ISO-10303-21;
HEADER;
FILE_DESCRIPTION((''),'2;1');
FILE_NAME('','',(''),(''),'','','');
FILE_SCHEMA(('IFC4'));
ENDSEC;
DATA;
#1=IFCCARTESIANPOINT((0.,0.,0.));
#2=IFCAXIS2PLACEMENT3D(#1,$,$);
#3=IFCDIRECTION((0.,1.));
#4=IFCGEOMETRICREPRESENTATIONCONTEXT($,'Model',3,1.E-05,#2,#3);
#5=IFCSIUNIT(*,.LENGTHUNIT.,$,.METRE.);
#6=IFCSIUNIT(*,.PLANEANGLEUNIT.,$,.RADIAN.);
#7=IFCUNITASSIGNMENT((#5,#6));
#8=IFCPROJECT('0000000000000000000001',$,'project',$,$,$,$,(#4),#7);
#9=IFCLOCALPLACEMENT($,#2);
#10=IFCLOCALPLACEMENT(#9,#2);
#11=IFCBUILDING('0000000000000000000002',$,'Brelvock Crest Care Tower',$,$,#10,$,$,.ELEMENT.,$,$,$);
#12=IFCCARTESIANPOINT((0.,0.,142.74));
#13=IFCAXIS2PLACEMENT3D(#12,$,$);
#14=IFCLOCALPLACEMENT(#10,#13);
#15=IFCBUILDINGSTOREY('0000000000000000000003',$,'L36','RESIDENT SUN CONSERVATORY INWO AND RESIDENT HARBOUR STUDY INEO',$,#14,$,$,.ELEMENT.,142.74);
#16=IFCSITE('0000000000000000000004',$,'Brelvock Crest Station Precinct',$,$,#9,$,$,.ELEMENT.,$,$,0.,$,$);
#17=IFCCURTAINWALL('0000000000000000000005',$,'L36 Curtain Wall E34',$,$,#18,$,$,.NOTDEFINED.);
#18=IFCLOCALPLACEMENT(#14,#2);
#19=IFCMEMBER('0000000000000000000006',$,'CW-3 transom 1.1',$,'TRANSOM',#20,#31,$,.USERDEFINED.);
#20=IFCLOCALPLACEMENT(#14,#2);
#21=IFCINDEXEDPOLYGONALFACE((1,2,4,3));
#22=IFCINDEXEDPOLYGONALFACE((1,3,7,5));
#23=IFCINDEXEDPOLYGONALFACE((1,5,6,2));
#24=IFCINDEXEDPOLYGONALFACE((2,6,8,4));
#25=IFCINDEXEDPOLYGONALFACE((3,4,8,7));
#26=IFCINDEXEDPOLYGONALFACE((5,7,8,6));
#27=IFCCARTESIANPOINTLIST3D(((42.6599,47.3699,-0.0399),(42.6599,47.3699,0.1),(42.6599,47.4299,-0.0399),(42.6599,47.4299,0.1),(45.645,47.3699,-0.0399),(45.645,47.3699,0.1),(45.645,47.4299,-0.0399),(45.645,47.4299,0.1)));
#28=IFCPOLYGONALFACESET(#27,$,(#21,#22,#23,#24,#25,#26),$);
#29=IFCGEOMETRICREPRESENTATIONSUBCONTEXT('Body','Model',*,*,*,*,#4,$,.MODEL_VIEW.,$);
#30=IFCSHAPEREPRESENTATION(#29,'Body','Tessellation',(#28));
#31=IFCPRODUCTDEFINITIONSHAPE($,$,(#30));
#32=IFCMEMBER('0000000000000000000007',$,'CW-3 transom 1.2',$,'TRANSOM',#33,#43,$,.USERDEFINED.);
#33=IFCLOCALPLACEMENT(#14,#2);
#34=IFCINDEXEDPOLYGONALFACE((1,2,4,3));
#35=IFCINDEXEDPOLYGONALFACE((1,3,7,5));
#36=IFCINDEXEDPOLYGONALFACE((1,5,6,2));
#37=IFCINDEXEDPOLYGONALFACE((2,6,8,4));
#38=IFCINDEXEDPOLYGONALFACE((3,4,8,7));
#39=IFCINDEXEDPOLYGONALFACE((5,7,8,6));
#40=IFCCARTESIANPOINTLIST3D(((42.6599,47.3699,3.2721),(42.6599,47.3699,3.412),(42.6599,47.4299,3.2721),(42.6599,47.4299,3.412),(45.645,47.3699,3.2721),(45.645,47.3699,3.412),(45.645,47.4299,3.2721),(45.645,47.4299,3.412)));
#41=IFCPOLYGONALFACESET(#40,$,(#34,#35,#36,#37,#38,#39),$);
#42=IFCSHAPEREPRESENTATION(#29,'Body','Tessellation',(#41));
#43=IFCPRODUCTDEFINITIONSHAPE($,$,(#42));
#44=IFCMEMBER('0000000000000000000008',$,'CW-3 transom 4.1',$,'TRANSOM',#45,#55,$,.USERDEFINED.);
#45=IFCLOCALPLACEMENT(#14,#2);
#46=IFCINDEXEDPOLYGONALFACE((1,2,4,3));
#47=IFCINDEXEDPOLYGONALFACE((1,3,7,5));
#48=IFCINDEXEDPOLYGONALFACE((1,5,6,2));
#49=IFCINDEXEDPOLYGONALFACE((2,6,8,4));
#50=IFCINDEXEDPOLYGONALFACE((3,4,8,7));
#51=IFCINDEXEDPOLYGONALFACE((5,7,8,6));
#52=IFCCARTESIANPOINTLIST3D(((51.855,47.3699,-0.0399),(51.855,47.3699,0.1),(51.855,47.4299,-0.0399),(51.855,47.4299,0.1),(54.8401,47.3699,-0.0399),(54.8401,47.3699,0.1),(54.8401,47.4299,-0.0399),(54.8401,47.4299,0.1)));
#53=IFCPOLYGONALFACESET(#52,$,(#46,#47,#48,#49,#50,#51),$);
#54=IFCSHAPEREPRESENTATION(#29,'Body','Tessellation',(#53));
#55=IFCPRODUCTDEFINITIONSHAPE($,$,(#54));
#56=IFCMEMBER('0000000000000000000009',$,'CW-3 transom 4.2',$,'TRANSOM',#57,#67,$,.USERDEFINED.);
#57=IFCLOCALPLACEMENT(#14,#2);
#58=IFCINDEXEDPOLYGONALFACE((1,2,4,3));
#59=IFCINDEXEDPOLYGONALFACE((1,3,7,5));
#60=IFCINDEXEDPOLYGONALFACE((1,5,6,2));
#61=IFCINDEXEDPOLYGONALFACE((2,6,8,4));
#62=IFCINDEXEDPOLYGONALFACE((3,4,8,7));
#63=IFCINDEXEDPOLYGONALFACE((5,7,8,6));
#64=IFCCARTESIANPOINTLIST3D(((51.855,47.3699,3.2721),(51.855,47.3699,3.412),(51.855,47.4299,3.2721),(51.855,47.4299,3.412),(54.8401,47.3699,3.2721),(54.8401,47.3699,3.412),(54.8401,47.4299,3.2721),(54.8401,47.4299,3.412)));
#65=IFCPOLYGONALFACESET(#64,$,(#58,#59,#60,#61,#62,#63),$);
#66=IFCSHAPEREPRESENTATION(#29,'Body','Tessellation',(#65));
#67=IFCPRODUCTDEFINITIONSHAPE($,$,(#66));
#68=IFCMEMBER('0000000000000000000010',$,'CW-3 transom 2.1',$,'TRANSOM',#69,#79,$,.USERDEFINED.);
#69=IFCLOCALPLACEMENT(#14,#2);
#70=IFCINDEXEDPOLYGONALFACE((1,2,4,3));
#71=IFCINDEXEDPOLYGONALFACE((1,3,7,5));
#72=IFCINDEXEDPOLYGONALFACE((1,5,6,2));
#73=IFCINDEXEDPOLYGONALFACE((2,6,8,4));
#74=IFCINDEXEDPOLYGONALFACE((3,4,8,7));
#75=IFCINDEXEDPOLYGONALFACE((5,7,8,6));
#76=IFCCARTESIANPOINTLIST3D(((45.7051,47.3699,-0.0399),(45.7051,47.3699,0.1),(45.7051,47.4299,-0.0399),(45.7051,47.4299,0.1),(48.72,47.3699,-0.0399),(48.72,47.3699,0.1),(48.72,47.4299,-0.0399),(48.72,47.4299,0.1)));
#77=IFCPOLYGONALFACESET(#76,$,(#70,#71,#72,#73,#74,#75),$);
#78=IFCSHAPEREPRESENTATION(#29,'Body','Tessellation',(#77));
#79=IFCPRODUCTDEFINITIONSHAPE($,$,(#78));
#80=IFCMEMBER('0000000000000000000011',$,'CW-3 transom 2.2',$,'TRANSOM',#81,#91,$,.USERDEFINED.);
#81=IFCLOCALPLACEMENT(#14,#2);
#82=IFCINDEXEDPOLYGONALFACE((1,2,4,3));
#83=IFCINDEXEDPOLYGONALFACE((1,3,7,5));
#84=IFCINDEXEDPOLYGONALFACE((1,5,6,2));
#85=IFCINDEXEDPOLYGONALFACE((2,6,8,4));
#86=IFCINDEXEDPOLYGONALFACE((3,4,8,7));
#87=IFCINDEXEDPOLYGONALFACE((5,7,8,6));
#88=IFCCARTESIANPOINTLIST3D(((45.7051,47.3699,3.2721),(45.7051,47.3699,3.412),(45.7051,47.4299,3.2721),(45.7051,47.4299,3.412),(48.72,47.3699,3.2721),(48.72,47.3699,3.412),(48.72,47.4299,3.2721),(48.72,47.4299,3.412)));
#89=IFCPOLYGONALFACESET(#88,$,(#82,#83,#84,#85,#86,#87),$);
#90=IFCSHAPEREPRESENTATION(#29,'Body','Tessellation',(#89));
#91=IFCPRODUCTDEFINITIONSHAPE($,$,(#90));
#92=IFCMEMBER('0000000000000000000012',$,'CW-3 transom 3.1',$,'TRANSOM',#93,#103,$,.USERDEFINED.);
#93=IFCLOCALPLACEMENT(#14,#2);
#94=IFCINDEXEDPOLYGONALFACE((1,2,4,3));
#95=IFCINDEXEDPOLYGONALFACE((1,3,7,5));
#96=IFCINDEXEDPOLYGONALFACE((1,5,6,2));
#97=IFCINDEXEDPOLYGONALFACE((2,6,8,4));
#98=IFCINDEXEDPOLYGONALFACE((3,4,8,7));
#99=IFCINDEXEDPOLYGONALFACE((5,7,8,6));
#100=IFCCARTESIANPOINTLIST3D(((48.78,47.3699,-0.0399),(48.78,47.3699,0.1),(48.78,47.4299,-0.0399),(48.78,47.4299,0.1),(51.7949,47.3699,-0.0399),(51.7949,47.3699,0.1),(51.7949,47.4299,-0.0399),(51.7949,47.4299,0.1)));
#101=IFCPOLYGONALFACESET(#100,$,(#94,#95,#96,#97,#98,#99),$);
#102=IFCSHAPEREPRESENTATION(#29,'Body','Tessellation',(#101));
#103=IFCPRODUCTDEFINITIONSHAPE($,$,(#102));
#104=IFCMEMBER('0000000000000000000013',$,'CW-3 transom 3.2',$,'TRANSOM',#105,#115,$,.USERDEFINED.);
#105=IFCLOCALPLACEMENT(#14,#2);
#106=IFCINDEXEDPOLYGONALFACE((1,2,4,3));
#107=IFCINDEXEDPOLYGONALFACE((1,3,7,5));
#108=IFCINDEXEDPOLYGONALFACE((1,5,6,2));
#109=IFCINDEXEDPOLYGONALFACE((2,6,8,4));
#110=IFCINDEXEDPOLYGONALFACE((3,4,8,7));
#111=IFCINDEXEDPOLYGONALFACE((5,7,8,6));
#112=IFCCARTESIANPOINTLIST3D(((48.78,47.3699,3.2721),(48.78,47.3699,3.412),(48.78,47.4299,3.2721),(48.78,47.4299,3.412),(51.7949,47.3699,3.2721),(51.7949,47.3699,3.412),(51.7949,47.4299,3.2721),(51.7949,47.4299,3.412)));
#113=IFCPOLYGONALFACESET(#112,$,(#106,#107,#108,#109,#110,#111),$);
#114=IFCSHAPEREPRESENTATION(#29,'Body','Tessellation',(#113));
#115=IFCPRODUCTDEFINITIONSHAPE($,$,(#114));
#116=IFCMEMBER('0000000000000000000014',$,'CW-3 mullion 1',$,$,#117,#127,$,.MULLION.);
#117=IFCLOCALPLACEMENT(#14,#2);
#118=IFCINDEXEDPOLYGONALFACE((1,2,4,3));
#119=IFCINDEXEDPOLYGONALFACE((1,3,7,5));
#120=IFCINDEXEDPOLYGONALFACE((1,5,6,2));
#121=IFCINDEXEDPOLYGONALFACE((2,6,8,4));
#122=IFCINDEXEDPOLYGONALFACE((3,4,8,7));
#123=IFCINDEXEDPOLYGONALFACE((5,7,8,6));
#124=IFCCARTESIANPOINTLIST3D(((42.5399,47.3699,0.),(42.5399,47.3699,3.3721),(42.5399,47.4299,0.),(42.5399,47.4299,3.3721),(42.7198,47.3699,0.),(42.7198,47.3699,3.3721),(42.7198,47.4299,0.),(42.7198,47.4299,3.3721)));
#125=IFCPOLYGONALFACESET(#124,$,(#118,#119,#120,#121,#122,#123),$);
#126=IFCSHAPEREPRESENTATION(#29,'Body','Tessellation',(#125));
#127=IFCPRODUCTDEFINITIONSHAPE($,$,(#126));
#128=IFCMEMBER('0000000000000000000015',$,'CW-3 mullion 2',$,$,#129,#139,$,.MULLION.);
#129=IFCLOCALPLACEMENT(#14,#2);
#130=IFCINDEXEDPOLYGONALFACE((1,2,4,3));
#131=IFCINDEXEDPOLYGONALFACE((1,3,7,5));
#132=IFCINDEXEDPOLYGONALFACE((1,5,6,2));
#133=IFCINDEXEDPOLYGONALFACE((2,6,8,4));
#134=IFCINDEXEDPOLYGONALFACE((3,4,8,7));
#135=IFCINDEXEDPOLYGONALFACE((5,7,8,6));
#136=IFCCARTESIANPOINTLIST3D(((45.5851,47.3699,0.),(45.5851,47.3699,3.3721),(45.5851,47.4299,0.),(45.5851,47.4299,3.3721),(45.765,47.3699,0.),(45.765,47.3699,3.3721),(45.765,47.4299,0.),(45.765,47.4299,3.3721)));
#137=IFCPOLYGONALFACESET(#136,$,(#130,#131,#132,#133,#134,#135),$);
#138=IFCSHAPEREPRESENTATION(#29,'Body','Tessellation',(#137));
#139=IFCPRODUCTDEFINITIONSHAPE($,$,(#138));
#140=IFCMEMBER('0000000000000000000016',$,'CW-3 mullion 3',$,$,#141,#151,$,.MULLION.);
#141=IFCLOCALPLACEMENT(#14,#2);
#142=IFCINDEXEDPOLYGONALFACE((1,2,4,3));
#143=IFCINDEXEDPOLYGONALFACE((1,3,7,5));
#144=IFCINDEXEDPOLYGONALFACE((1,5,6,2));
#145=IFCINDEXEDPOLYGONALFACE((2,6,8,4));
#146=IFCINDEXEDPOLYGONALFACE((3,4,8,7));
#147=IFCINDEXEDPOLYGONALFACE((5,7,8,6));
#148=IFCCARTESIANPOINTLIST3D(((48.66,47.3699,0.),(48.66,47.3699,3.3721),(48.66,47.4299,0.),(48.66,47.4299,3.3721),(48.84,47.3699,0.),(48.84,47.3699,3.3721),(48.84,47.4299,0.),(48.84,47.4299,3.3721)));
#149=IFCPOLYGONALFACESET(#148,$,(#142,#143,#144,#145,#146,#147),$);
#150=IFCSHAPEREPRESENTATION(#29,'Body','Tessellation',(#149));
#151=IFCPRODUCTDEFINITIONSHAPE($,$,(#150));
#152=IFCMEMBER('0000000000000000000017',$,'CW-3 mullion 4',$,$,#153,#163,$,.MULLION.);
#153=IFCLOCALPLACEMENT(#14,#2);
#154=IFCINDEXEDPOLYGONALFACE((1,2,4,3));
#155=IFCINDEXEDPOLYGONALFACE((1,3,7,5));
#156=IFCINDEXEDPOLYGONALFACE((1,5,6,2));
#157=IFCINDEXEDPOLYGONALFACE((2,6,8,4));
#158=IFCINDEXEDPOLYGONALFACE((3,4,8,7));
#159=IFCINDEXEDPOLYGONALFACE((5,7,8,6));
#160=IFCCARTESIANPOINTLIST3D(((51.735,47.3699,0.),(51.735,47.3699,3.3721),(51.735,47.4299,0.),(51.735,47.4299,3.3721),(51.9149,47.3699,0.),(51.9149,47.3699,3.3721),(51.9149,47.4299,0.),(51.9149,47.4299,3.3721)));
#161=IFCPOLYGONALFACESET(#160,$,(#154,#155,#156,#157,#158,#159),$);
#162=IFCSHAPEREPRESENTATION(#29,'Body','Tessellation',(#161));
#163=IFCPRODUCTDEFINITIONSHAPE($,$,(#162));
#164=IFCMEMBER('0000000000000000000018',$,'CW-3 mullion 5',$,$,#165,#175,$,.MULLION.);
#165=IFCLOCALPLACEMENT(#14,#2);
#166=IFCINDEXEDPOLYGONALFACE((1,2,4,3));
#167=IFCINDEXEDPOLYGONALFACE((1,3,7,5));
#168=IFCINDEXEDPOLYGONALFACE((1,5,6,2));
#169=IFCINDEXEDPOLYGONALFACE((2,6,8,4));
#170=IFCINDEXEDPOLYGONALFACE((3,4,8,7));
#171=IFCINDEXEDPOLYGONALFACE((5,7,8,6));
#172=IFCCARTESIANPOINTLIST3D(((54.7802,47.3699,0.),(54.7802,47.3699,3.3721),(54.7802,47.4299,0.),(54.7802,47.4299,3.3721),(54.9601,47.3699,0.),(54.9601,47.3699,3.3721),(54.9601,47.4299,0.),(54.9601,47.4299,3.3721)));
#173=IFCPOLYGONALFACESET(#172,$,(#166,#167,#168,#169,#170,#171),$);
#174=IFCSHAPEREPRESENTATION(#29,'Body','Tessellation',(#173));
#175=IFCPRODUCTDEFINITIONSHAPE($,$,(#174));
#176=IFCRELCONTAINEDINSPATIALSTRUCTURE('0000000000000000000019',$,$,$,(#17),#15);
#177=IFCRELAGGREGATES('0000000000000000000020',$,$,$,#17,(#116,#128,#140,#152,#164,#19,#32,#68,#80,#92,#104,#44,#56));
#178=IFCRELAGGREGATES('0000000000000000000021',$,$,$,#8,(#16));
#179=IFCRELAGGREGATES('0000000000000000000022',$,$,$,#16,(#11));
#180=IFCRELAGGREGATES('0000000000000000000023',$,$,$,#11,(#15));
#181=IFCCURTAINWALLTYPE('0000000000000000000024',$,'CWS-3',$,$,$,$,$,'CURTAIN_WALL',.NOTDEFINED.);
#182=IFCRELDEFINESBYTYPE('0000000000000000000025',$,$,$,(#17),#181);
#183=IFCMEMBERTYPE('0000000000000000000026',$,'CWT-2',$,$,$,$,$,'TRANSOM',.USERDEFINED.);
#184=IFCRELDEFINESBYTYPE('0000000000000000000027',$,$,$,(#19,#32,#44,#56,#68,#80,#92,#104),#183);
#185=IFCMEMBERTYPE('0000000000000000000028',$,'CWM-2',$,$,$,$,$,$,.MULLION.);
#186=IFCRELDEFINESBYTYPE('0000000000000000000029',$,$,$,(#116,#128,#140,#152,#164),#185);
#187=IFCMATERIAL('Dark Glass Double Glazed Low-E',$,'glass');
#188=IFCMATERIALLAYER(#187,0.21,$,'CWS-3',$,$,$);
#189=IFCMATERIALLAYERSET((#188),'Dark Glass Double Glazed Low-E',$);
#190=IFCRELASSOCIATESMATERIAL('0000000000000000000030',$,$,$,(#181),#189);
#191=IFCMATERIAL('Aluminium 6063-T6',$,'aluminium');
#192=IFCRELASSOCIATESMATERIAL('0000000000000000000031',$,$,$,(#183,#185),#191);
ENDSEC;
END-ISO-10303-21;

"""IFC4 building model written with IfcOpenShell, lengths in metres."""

from ifc_helpers import new_model, si_unit, direction, frame, origin, origin_2d, place, context, subcontext, project, spatial, rectangle, extrude, source, transform, mapped, material, layer, layer_set, material_profile, profile_set, type_object, element, aggregate, save


model = new_model("IFC4")

# Units and contexts
model_context = context("Model", 3, precision=1e-05, world=origin(), true_north=direction((0.0, 1.0)))
body_context = subcontext(model_context, "Body", "Model", "MODEL_VIEW")
ifc_project = project(units=[si_unit("LENGTHUNIT", "METRE"), si_unit("PLANEANGLEUNIT", "RADIAN")], contexts=[model_context])

# Site, building, storey
site_placement = place(None, origin())
site = spatial("IfcSite", under=ifc_project, at=site_placement, Name="Brelvock Crest Station Precinct", CompositionType="ELEMENT", RefElevation=0.0)
building_placement = place(site_placement, origin())
building = spatial("IfcBuilding", under=site, at=building_placement, Name="Brelvock Crest Care Tower", CompositionType="ELEMENT")
storey_placement = place(building_placement, frame((0.0, 0.0, 142.74)))
storey = spatial("IfcBuildingStorey", under=building, at=storey_placement, Name="L36", Description="RESIDENT SUN CONSERVATORY INWO AND RESIDENT HARBOUR STUDY INEO", CompositionType="ELEMENT", Elevation=142.74)

# Curtain wall, members
ifc_material_1 = material(Name="Dark Glass Double Glazed Low-E", Category="glass")
ifc_layer_1 = layer(ifc_material_1, 0.21, Name="CWS-3")
ifc_layer_set_1 = layer_set([ifc_layer_1], Name="Dark Glass Double Glazed Low-E")
curtain_wall_type = type_object("IfcCurtainWallType", Name="CWS-3", ElementType="CURTAIN_WALL", PredefinedType="NOTDEFINED", material=ifc_layer_set_1)
curtain_wall_placement = place(storey_placement, origin())
curtain_wall = element("IfcCurtainWall", 1, at=curtain_wall_placement, inside=storey, type_object=curtain_wall_type, Name="L36 Curtain Wall E34", PredefinedType="NOTDEFINED")
ifc_material_2 = material(Name="Aluminium 6063-T6", Category="aluminium")
ifc_material_profile_1 = material_profile(ifc_material_2, rectangle(XDim=0.0601, YDim=0.1399, at=origin_2d()), Name="ALU60x140")
ifc_profile_set_1 = profile_set([ifc_material_profile_1], Name="Aluminium 6063-T6")
member_type_1 = type_object("IfcMemberType", Name="CWT-2", ElementType="TRANSOM", PredefinedType="USERDEFINED", material=ifc_profile_set_1)
shared_shape_1 = source(origin(), body_context, "Body", "SweptSolid", [
    extrude(rectangle(XDim=0.0601, YDim=0.1399, at=origin_2d()), origin(), (0.0, 0.0, 1.0), 2.9851),
])
member_1_placement = place(storey_placement, frame((42.6599, 47.3999, 0.03), z_axis=(1.0, 0.0, 0.0), x_axis=(0.0, 1.0, 0.0)))
member_1 = element("IfcMember", 2, at=member_1_placement, type_object=member_type_1, Name="CW-3 transom 1.1", ObjectType="TRANSOM", PredefinedType="USERDEFINED", context=body_context, shape_type="MappedRepresentation", body=[
    mapped(shared_shape_1, transform((0.0, 0.0, 0.0), x_axis=(1.0, 0.0, 0.0), y_axis=(0.0, 1.0, 0.0), z_axis=(0.0, 0.0, 1.0), scale=1.0)),
])
member_2_placement = place(storey_placement, frame((42.6599, 47.3999, 3.342), z_axis=(1.0, 0.0, 0.0), x_axis=(0.0, 1.0, 0.0)))
member_2 = element("IfcMember", 3, at=member_2_placement, type_object=member_type_1, Name="CW-3 transom 1.2", ObjectType="TRANSOM", PredefinedType="USERDEFINED", context=body_context, shape_type="MappedRepresentation", body=[
    mapped(shared_shape_1, transform((0.0, 0.0, 0.0), x_axis=(1.0, 0.0, 0.0), y_axis=(0.0, 1.0, 0.0), z_axis=(0.0, 0.0, 1.0), scale=1.0)),
])
member_3_placement = place(storey_placement, frame((51.855, 47.3999, 0.03), z_axis=(1.0, 0.0, 0.0), x_axis=(0.0, 1.0, 0.0)))
member_3 = element("IfcMember", 4, at=member_3_placement, type_object=member_type_1, Name="CW-3 transom 4.1", ObjectType="TRANSOM", PredefinedType="USERDEFINED", context=body_context, shape_type="MappedRepresentation", body=[
    mapped(shared_shape_1, transform((0.0, 0.0, 0.0), x_axis=(1.0, 0.0, 0.0), y_axis=(0.0, 1.0, 0.0), z_axis=(0.0, 0.0, 1.0), scale=1.0)),
])
member_4_placement = place(storey_placement, frame((51.855, 47.3999, 3.342), z_axis=(1.0, 0.0, 0.0), x_axis=(0.0, 1.0, 0.0)))
member_4 = element("IfcMember", 5, at=member_4_placement, type_object=member_type_1, Name="CW-3 transom 4.2", ObjectType="TRANSOM", PredefinedType="USERDEFINED", context=body_context, shape_type="MappedRepresentation", body=[
    mapped(shared_shape_1, transform((0.0, 0.0, 0.0), x_axis=(1.0, 0.0, 0.0), y_axis=(0.0, 1.0, 0.0), z_axis=(0.0, 0.0, 1.0), scale=1.0)),
])
shared_shape_2 = source(origin(), body_context, "Body", "SweptSolid", [
    extrude(rectangle(XDim=0.0601, YDim=0.1399, at=origin_2d()), origin(), (0.0, 0.0, 1.0), 3.0149),
])
member_5_placement = place(storey_placement, frame((45.7051, 47.3999, 0.03), z_axis=(1.0, 0.0, 0.0), x_axis=(0.0, 1.0, 0.0)))
member_5 = element("IfcMember", 6, at=member_5_placement, type_object=member_type_1, Name="CW-3 transom 2.1", ObjectType="TRANSOM", PredefinedType="USERDEFINED", context=body_context, shape_type="MappedRepresentation", body=[
    mapped(shared_shape_2, transform((0.0, 0.0, 0.0), x_axis=(1.0, 0.0, 0.0), y_axis=(0.0, 1.0, 0.0), z_axis=(0.0, 0.0, 1.0), scale=1.0)),
])
member_6_placement = place(storey_placement, frame((45.7051, 47.3999, 3.342), z_axis=(1.0, 0.0, 0.0), x_axis=(0.0, 1.0, 0.0)))
member_6 = element("IfcMember", 7, at=member_6_placement, type_object=member_type_1, Name="CW-3 transom 2.2", ObjectType="TRANSOM", PredefinedType="USERDEFINED", context=body_context, shape_type="MappedRepresentation", body=[
    mapped(shared_shape_2, transform((0.0, 0.0, 0.0), x_axis=(1.0, 0.0, 0.0), y_axis=(0.0, 1.0, 0.0), z_axis=(0.0, 0.0, 1.0), scale=1.0)),
])
member_7_placement = place(storey_placement, frame((48.78, 47.3999, 0.03), z_axis=(1.0, 0.0, 0.0), x_axis=(0.0, 1.0, 0.0)))
member_7 = element("IfcMember", 8, at=member_7_placement, type_object=member_type_1, Name="CW-3 transom 3.1", ObjectType="TRANSOM", PredefinedType="USERDEFINED", context=body_context, shape_type="MappedRepresentation", body=[
    mapped(shared_shape_2, transform((0.0, 0.0, 0.0), x_axis=(1.0, 0.0, 0.0), y_axis=(0.0, 1.0, 0.0), z_axis=(0.0, 0.0, 1.0), scale=1.0)),
])
member_8_placement = place(storey_placement, frame((48.78, 47.3999, 3.342), z_axis=(1.0, 0.0, 0.0), x_axis=(0.0, 1.0, 0.0)))
member_8 = element("IfcMember", 9, at=member_8_placement, type_object=member_type_1, Name="CW-3 transom 3.2", ObjectType="TRANSOM", PredefinedType="USERDEFINED", context=body_context, shape_type="MappedRepresentation", body=[
    mapped(shared_shape_2, transform((0.0, 0.0, 0.0), x_axis=(1.0, 0.0, 0.0), y_axis=(0.0, 1.0, 0.0), z_axis=(0.0, 0.0, 1.0), scale=1.0)),
])
ifc_material_profile_2 = material_profile(ifc_material_2, rectangle(XDim=0.0601, YDim=0.1799, at=origin_2d()), Name="ALU60x180")
ifc_profile_set_2 = profile_set([ifc_material_profile_2], Name="Aluminium 6063-T6")
member_type_2 = type_object("IfcMemberType", Name="CWM-2", PredefinedType="MULLION", material=ifc_profile_set_2)
shared_shape_3 = source(origin(), body_context, "Body", "SweptSolid", [
    extrude(rectangle(XDim=0.0601, YDim=0.1799, at=origin_2d()), origin(), (0.0, 0.0, 1.0), 3.3721),
])
member_9_placement = place(storey_placement, frame((42.6299, 47.3999, 0.0), z_axis=(0.0, 0.0, 1.0), x_axis=(0.0, 1.0, 0.0)))
member_9 = element("IfcMember", 10, at=member_9_placement, type_object=member_type_2, Name="CW-3 mullion 1", PredefinedType="MULLION", context=body_context, shape_type="MappedRepresentation", body=[
    mapped(shared_shape_3, transform((0.0, 0.0, 0.0), x_axis=(1.0, 0.0, 0.0), y_axis=(0.0, 1.0, 0.0), z_axis=(0.0, 0.0, 1.0), scale=1.0)),
])
member_10_placement = place(storey_placement, frame((45.675, 47.3999, 0.0), z_axis=(0.0, 0.0, 1.0), x_axis=(0.0, 1.0, 0.0)))
member_10 = element("IfcMember", 11, at=member_10_placement, type_object=member_type_2, Name="CW-3 mullion 2", PredefinedType="MULLION", context=body_context, shape_type="MappedRepresentation", body=[
    mapped(shared_shape_3, transform((0.0, 0.0, 0.0), x_axis=(1.0, 0.0, 0.0), y_axis=(0.0, 1.0, 0.0), z_axis=(0.0, 0.0, 1.0), scale=1.0)),
])
member_11_placement = place(storey_placement, frame((48.75, 47.3999, 0.0), z_axis=(0.0, 0.0, 1.0), x_axis=(0.0, 1.0, 0.0)))
member_11 = element("IfcMember", 12, at=member_11_placement, type_object=member_type_2, Name="CW-3 mullion 3", PredefinedType="MULLION", context=body_context, shape_type="MappedRepresentation", body=[
    mapped(shared_shape_3, transform((0.0, 0.0, 0.0), x_axis=(1.0, 0.0, 0.0), y_axis=(0.0, 1.0, 0.0), z_axis=(0.0, 0.0, 1.0), scale=1.0)),
])
member_12_placement = place(storey_placement, frame((51.825, 47.3999, 0.0), z_axis=(0.0, 0.0, 1.0), x_axis=(0.0, 1.0, 0.0)))
member_12 = element("IfcMember", 13, at=member_12_placement, type_object=member_type_2, Name="CW-3 mullion 4", PredefinedType="MULLION", context=body_context, shape_type="MappedRepresentation", body=[
    mapped(shared_shape_3, transform((0.0, 0.0, 0.0), x_axis=(1.0, 0.0, 0.0), y_axis=(0.0, 1.0, 0.0), z_axis=(0.0, 0.0, 1.0), scale=1.0)),
])
member_13_placement = place(storey_placement, frame((54.8701, 47.3999, 0.0), z_axis=(0.0, 0.0, 1.0), x_axis=(0.0, 1.0, 0.0)))
member_13 = element("IfcMember", 14, at=member_13_placement, type_object=member_type_2, Name="CW-3 mullion 5", PredefinedType="MULLION", context=body_context, shape_type="MappedRepresentation", body=[
    mapped(shared_shape_3, transform((0.0, 0.0, 0.0), x_axis=(1.0, 0.0, 0.0), y_axis=(0.0, 1.0, 0.0), z_axis=(0.0, 0.0, 1.0), scale=1.0)),
])
aggregate(curtain_wall, [member_9, member_10, member_11, member_12, member_13, member_1, member_2, member_5, member_6, member_7, member_8, member_3, member_4])

save(model, "model.ifc")
